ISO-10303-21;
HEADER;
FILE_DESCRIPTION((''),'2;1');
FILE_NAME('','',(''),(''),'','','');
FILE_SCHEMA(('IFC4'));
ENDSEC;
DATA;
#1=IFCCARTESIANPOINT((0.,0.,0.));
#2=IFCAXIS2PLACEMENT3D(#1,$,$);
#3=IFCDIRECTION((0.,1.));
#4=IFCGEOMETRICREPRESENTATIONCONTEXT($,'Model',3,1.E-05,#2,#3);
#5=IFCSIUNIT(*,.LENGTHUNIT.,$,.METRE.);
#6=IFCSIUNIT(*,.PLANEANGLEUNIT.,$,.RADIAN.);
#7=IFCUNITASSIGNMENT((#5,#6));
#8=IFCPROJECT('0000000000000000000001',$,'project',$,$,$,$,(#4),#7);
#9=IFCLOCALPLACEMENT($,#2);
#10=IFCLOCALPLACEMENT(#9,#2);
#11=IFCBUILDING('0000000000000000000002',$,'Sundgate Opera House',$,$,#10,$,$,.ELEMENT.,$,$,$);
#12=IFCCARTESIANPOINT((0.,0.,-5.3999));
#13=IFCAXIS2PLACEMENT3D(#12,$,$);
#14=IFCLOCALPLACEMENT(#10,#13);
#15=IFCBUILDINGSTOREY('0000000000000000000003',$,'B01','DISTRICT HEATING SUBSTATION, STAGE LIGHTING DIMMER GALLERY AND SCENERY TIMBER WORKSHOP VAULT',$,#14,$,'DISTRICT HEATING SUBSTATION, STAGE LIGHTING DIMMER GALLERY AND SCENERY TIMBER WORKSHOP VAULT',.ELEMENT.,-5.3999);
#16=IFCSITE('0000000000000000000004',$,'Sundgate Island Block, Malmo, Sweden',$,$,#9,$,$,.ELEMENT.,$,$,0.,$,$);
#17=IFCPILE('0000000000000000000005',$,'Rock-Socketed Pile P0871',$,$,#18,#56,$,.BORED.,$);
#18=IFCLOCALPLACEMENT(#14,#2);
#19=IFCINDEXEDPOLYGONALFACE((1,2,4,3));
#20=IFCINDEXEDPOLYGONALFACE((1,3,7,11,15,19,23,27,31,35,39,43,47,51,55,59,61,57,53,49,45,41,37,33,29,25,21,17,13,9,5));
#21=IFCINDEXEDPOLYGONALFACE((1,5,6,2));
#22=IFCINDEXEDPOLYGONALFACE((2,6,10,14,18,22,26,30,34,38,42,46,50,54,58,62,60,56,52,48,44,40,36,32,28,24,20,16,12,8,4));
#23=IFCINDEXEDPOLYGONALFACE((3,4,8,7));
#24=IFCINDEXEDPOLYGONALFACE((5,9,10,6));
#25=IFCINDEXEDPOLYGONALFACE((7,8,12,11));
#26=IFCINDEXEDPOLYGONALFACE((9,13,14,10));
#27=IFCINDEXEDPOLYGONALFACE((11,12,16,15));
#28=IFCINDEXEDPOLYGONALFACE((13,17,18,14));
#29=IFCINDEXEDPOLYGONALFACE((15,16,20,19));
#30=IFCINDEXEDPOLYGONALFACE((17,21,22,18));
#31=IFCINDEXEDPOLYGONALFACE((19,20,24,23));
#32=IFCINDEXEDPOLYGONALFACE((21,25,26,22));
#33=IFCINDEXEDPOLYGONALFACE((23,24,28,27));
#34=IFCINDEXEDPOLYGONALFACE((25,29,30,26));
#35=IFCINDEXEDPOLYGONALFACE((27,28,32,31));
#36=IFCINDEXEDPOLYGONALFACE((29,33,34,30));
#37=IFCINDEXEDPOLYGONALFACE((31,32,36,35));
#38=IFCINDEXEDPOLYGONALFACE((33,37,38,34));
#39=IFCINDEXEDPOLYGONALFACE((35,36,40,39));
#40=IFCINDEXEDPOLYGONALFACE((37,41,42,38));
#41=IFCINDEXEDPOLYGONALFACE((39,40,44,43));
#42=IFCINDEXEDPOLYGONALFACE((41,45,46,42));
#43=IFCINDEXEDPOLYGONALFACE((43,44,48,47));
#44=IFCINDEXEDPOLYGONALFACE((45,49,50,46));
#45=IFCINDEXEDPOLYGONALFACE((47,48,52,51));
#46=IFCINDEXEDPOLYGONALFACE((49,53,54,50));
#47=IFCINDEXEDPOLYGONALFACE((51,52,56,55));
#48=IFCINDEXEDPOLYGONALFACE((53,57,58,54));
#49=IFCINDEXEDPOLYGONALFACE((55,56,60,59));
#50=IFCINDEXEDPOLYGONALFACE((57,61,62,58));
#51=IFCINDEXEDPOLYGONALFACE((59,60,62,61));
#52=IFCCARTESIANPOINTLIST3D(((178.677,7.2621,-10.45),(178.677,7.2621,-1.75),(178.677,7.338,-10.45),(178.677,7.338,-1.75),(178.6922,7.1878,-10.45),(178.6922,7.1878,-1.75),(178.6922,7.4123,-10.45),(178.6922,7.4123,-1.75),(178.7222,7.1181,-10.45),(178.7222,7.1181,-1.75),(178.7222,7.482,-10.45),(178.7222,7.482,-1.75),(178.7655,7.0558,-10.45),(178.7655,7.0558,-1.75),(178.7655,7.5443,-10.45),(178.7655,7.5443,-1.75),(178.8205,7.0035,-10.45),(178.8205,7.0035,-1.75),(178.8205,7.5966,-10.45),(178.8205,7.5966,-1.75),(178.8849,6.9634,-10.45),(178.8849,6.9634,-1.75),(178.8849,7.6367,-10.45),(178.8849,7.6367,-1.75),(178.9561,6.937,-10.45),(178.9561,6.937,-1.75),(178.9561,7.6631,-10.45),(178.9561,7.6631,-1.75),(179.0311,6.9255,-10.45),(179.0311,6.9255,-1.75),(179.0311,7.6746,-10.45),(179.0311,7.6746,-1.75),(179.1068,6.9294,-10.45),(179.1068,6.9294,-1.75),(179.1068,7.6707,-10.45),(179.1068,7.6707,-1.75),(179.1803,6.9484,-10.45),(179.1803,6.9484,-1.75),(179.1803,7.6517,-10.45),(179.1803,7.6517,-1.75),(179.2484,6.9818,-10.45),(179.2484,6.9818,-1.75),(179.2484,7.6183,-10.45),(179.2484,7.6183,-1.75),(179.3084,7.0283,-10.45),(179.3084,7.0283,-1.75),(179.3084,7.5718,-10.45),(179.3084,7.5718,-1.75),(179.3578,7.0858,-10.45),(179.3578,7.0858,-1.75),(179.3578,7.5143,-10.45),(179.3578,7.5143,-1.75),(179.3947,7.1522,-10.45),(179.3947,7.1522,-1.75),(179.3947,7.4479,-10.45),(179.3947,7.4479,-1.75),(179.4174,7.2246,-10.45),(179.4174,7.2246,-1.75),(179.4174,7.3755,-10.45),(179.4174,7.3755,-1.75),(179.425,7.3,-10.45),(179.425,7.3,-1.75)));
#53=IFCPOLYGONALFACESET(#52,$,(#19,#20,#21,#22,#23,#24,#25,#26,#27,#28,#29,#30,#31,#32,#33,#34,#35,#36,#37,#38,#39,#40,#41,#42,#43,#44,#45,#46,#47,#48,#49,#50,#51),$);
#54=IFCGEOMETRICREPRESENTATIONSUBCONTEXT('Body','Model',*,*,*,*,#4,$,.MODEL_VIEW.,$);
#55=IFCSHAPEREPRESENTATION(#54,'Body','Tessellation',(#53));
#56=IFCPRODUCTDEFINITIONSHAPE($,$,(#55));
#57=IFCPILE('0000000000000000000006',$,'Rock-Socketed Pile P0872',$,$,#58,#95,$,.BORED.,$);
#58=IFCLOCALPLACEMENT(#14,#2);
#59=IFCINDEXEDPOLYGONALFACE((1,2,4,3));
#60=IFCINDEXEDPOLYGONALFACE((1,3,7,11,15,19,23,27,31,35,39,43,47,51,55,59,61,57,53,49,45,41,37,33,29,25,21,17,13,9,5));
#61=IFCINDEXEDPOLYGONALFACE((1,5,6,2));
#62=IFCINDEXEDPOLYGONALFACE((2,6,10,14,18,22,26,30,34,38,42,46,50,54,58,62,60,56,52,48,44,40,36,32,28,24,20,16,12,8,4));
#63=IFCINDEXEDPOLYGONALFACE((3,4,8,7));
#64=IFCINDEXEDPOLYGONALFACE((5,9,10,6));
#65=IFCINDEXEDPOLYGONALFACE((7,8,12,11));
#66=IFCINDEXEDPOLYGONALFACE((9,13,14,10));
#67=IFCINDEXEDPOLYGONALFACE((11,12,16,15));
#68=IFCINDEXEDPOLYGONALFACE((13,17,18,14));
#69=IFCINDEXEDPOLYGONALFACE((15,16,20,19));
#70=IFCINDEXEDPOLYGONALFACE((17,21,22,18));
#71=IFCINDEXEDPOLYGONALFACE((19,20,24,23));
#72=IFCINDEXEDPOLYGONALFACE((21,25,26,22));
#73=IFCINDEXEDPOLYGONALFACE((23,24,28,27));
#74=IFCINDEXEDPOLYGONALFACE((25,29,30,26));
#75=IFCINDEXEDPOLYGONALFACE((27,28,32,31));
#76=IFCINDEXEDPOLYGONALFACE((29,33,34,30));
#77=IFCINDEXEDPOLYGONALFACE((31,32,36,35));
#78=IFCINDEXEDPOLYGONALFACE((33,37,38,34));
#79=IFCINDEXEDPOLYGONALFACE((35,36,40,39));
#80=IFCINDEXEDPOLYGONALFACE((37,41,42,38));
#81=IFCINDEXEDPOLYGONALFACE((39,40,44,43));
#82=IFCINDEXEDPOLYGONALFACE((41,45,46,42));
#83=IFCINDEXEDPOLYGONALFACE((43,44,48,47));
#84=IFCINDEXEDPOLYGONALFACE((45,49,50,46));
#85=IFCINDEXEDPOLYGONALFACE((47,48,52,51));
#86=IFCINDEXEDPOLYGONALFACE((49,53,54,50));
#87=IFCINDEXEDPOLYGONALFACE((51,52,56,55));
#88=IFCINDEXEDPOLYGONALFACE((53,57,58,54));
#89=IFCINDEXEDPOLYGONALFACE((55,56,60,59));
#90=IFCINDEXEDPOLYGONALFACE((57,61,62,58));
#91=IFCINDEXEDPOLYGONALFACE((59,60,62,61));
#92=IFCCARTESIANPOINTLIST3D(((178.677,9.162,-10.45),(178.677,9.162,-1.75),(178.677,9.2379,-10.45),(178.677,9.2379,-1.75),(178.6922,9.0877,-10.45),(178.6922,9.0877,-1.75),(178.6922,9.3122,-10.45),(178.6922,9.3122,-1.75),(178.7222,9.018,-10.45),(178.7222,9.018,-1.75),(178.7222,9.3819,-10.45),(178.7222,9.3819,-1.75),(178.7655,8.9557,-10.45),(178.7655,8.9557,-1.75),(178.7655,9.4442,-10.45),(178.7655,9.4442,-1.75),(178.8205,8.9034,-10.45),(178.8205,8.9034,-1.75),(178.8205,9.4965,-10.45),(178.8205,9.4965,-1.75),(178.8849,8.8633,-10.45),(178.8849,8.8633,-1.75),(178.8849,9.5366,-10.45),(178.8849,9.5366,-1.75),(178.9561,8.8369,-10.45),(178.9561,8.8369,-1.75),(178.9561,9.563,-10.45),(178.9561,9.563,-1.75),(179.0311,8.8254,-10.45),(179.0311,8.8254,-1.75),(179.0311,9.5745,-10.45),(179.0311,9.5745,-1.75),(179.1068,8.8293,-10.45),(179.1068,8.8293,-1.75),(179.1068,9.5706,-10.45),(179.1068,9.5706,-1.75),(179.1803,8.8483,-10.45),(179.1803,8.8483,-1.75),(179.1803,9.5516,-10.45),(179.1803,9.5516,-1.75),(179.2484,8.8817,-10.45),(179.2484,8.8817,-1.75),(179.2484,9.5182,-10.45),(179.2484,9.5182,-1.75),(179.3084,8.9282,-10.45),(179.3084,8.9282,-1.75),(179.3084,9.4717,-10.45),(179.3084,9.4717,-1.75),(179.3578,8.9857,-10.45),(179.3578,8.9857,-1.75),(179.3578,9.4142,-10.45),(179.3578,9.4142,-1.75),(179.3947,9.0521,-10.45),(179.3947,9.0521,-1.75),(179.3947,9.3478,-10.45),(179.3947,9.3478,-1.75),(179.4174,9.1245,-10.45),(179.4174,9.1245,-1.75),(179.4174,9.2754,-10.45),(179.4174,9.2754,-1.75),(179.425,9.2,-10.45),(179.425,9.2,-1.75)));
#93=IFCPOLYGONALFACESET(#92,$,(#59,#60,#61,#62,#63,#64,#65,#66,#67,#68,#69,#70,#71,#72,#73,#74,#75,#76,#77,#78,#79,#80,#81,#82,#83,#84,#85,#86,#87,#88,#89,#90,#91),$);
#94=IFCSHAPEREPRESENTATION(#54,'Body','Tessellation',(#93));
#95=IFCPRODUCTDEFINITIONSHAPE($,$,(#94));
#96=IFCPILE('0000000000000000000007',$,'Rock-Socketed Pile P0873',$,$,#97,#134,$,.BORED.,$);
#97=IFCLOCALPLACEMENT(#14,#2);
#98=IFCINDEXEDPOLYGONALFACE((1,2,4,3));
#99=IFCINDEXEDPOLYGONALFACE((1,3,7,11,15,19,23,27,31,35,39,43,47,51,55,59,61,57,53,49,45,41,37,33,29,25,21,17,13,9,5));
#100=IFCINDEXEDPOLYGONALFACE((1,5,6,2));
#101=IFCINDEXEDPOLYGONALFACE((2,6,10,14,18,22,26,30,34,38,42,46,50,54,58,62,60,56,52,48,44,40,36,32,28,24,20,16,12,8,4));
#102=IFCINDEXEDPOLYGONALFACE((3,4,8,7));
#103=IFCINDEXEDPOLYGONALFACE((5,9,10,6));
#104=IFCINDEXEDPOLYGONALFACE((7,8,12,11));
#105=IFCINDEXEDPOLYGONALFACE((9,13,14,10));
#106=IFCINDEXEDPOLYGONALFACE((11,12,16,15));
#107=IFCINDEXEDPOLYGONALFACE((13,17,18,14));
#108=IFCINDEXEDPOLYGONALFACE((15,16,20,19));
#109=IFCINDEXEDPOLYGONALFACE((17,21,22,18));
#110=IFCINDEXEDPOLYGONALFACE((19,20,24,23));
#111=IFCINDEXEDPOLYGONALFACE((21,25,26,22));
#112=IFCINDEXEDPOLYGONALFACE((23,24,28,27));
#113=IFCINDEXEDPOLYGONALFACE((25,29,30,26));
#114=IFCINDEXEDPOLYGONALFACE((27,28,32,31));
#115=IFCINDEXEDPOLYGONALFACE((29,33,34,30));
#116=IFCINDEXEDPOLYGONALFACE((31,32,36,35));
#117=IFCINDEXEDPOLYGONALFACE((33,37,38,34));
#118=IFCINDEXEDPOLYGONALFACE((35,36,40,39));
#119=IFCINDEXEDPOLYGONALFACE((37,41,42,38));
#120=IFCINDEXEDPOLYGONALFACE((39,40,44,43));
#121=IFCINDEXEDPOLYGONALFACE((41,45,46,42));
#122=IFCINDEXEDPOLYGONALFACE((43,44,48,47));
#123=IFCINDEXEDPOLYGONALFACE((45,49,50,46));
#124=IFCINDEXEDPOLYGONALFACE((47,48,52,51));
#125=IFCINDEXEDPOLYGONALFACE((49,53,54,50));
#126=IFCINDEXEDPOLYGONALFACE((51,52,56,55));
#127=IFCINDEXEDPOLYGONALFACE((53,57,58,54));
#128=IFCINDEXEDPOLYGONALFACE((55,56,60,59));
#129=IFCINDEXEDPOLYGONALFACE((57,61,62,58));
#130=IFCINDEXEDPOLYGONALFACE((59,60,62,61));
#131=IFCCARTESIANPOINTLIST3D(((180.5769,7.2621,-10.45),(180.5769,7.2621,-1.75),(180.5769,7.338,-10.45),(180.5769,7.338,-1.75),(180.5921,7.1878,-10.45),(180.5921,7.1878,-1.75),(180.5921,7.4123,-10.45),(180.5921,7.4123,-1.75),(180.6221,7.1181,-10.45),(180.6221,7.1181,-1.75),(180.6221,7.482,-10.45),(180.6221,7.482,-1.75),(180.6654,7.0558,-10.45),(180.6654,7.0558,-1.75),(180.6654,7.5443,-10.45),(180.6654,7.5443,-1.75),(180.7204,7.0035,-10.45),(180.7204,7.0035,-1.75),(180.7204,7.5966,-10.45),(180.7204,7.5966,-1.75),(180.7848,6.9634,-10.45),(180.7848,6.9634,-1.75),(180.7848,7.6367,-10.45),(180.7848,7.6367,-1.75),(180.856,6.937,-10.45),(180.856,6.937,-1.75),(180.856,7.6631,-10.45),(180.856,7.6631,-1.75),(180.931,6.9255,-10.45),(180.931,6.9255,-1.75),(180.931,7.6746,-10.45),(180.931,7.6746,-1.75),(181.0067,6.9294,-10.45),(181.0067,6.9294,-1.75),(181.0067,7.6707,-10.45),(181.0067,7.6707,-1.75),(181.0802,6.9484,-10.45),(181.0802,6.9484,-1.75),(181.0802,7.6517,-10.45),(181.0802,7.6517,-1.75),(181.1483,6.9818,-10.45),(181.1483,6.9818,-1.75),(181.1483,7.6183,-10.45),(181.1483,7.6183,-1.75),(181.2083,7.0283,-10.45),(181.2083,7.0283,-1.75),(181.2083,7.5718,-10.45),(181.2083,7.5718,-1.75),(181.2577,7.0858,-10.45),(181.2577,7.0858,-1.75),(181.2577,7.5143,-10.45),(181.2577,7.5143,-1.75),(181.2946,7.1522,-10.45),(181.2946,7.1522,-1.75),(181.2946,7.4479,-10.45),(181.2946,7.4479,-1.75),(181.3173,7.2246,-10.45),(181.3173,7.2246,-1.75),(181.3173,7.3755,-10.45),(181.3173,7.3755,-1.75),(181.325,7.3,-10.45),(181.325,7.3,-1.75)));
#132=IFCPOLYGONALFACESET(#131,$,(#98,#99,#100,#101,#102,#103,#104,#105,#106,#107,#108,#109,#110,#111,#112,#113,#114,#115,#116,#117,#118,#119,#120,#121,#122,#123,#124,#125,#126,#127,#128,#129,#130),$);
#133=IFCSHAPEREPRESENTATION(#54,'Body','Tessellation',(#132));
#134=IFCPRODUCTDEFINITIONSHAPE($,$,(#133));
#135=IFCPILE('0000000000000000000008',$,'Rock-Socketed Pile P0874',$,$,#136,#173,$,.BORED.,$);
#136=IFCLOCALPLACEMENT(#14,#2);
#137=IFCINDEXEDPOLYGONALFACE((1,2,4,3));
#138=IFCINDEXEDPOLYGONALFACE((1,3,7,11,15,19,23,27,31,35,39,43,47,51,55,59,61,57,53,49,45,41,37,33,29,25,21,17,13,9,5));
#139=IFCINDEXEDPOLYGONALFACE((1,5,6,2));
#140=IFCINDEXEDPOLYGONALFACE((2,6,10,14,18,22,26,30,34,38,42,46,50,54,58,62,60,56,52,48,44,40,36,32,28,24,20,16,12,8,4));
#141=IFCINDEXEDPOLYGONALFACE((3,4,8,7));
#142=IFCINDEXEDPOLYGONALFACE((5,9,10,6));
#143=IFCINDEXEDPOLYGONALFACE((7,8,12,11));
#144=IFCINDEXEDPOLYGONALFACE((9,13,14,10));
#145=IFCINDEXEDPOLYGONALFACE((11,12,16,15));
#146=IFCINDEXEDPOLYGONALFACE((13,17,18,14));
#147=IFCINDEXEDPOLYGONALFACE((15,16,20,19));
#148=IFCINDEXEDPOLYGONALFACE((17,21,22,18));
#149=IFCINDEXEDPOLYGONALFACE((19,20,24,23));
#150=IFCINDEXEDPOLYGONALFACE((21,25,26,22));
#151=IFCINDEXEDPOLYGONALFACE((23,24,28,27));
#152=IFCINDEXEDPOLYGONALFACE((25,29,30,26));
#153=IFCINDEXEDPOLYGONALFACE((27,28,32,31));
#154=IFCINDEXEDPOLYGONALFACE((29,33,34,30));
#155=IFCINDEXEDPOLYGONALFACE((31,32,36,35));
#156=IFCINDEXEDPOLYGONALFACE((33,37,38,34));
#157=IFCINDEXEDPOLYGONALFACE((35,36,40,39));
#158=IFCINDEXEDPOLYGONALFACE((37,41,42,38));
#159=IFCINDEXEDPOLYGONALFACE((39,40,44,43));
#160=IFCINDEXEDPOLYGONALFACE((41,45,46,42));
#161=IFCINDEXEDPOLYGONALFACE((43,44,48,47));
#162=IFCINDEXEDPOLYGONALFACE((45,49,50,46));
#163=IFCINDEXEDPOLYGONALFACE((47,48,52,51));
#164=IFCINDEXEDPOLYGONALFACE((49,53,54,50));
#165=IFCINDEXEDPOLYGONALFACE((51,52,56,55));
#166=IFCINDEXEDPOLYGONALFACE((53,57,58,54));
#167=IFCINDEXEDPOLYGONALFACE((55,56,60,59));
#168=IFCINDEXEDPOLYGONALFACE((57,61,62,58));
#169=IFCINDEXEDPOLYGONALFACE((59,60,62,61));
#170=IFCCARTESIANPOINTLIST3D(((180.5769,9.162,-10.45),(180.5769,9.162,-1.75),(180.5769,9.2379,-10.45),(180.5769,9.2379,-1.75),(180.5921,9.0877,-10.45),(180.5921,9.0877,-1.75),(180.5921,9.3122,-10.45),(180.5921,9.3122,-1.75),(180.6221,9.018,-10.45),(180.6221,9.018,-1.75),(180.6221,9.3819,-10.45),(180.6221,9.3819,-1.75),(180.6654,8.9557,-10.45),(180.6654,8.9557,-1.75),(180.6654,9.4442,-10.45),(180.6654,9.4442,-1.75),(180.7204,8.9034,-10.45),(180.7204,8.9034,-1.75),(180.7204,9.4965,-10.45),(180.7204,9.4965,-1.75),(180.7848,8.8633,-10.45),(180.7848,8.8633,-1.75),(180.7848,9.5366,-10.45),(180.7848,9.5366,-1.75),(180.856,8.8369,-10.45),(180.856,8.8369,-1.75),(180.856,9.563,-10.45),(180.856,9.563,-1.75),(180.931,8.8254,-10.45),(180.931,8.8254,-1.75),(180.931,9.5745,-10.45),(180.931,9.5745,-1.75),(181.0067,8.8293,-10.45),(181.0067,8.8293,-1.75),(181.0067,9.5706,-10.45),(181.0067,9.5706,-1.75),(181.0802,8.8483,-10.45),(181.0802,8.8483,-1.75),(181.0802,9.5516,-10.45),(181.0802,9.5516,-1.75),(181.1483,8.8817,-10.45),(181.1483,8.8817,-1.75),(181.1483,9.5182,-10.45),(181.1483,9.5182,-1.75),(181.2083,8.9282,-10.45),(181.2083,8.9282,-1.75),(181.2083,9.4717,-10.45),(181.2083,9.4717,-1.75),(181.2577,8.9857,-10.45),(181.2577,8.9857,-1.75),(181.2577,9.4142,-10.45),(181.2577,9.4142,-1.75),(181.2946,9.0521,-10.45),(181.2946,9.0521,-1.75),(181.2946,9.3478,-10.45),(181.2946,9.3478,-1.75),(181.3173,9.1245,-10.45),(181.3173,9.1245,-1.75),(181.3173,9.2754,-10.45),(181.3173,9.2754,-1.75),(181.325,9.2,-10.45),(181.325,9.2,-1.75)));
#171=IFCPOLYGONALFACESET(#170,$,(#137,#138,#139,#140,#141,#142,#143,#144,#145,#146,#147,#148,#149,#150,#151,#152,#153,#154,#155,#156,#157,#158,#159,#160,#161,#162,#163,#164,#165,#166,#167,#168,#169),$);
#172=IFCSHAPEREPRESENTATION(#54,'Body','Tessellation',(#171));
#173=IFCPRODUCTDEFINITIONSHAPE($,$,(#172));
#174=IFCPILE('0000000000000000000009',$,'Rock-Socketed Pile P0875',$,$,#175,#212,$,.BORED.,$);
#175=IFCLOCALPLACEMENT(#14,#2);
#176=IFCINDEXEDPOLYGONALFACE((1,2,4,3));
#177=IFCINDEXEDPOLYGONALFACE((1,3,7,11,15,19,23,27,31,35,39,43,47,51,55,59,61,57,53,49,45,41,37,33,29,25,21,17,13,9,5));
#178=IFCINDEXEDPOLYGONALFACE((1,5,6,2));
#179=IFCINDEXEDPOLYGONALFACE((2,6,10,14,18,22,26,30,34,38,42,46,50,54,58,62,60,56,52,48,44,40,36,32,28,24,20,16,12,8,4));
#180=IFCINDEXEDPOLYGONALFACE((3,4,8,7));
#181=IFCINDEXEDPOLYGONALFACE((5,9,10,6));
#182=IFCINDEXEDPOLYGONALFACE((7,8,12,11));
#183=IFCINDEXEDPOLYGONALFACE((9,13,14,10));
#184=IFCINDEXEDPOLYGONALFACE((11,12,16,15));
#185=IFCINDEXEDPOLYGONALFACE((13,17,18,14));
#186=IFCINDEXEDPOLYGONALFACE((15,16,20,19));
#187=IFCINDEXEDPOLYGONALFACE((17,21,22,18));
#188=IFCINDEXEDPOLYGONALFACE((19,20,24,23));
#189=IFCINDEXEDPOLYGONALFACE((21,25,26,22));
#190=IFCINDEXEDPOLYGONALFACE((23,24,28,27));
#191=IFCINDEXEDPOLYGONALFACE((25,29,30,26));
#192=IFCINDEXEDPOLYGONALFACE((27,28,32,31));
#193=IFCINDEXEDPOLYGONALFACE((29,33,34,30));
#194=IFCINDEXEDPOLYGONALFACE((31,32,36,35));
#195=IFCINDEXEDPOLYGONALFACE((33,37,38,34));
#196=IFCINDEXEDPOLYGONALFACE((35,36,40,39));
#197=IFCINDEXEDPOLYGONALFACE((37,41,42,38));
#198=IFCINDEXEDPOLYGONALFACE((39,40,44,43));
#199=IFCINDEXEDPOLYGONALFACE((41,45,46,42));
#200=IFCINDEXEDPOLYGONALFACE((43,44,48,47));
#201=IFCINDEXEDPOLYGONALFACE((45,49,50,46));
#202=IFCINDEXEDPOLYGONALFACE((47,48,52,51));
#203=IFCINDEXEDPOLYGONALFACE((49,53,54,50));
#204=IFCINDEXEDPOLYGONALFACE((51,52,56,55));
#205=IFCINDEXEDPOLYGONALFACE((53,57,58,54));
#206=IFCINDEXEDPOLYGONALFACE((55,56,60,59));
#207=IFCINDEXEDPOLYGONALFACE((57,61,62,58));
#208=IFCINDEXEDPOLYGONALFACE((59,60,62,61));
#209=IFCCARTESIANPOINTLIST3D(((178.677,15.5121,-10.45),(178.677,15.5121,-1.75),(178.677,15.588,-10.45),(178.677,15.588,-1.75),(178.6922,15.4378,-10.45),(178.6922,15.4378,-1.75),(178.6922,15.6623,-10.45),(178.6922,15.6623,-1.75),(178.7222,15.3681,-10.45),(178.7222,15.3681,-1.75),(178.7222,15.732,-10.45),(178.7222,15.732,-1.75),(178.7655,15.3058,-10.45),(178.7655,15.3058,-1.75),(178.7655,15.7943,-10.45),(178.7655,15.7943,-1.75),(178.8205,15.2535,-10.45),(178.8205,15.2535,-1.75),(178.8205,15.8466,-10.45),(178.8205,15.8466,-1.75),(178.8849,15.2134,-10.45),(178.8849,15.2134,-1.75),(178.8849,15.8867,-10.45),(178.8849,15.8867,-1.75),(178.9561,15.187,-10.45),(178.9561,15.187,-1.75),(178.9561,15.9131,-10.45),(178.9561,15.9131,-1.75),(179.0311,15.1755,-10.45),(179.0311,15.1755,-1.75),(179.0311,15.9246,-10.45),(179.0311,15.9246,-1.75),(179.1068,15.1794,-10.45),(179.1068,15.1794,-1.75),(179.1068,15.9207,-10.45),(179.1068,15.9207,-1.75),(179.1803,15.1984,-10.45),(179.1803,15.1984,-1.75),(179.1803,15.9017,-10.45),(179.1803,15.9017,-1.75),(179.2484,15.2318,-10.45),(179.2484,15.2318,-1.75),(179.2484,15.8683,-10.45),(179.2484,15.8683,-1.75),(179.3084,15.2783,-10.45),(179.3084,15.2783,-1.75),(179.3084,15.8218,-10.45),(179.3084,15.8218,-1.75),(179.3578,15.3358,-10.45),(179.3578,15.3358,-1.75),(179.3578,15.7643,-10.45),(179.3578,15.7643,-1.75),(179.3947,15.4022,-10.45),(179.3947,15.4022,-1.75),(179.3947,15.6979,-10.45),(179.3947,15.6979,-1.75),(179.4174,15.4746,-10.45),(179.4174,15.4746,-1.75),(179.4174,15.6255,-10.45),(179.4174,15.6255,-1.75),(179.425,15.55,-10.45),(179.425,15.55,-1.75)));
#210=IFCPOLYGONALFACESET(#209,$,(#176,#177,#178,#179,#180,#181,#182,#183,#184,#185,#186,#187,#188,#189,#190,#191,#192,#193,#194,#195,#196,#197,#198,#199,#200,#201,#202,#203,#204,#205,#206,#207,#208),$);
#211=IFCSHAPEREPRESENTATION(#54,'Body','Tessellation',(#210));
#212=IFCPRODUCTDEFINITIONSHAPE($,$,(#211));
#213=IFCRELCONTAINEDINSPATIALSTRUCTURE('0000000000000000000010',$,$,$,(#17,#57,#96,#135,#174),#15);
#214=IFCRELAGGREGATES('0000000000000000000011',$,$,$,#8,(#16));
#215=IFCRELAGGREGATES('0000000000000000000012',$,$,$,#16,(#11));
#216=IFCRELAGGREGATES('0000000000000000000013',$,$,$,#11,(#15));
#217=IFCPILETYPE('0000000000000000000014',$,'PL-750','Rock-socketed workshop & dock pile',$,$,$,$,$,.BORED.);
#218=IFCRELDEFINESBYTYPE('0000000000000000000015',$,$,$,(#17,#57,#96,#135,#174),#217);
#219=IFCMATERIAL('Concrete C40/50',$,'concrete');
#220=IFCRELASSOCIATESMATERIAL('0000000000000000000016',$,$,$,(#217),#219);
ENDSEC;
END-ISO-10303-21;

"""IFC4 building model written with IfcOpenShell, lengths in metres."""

from ifc_helpers import new_model, si_unit, direction, frame, origin, origin_2d, place, context, subcontext, project, spatial, circle, extrude, material, material_profile, profile_set, type_object, element, save


model = new_model("IFC4")

# Units and contexts
model_context = context("Model", 3, precision=1e-05, world=origin(), true_north=direction((0.0, 1.0)))
body_context = subcontext(model_context, "Body", "Model", "MODEL_VIEW")
ifc_project = project(units=[si_unit("LENGTHUNIT", "METRE"), si_unit("PLANEANGLEUNIT", "RADIAN")], contexts=[model_context])

# Site, building, storey
site_placement = place(None, origin())
site = spatial("IfcSite", under=ifc_project, at=site_placement, Name="Sundgate Island Block, Malmo, Sweden", CompositionType="ELEMENT", RefElevation=0.0)
building_placement = place(site_placement, origin())
building = spatial("IfcBuilding", under=site, at=building_placement, Name="Sundgate Opera House", CompositionType="ELEMENT")
storey_placement = place(building_placement, frame((0.0, 0.0, -5.3999)))
storey = spatial("IfcBuildingStorey", under=building, at=storey_placement, Name="B01", Description="DISTRICT HEATING SUBSTATION, STAGE LIGHTING DIMMER GALLERY AND SCENERY TIMBER WORKSHOP VAULT", LongName="DISTRICT HEATING SUBSTATION, STAGE LIGHTING DIMMER GALLERY AND SCENERY TIMBER WORKSHOP VAULT", CompositionType="ELEMENT", Elevation=-5.3999)

# Piles
ifc_material_1 = material(Name="Concrete C40/50", Category="concrete")
ifc_material_profile_1 = material_profile(ifc_material_1, circle(Radius=0.375, at=origin_2d()), Name="PILE D750")
ifc_profile_set_1 = profile_set([ifc_material_profile_1], Name="Concrete C40/50")
pile_type = type_object("IfcPileType", Name="PL-750", Description="Rock-socketed workshop & dock pile", PredefinedType="BORED", material=ifc_profile_set_1)
for number, where, z_axis, x_axis, name in (
    (1, (179.05, 7.3, -1.75), (0.0, 0.0, -1.0), (1.0, 0.0, 0.0), "Rock-Socketed Pile P0871"),
    (2, (179.05, 9.2, -1.75), (0.0, 0.0, -1.0), (1.0, 0.0, 0.0), "Rock-Socketed Pile P0872"),
    (3, (180.95, 7.3, -1.75), (0.0, 0.0, -1.0), (1.0, 0.0, 0.0), "Rock-Socketed Pile P0873"),
    (4, (180.95, 9.2, -1.75), (0.0, 0.0, -1.0), (1.0, 0.0, 0.0), "Rock-Socketed Pile P0874"),
    (5, (179.05, 15.55, -1.75), (0.0, 0.0, -1.0), (1.0, 0.0, 0.0), "Rock-Socketed Pile P0875"),
):
    element("IfcPile", number, at=place(storey_placement, frame(where, z_axis=z_axis, x_axis=x_axis)), inside=storey, type_object=pile_type, Name=name, PredefinedType="BORED", context=body_context, shape_type="SweptSolid", body=[
        extrude(circle(Radius=0.375, at=origin_2d()), origin(), (0.0, 0.0, 1.0), 8.7),
    ])

save(model, "model.ifc")
